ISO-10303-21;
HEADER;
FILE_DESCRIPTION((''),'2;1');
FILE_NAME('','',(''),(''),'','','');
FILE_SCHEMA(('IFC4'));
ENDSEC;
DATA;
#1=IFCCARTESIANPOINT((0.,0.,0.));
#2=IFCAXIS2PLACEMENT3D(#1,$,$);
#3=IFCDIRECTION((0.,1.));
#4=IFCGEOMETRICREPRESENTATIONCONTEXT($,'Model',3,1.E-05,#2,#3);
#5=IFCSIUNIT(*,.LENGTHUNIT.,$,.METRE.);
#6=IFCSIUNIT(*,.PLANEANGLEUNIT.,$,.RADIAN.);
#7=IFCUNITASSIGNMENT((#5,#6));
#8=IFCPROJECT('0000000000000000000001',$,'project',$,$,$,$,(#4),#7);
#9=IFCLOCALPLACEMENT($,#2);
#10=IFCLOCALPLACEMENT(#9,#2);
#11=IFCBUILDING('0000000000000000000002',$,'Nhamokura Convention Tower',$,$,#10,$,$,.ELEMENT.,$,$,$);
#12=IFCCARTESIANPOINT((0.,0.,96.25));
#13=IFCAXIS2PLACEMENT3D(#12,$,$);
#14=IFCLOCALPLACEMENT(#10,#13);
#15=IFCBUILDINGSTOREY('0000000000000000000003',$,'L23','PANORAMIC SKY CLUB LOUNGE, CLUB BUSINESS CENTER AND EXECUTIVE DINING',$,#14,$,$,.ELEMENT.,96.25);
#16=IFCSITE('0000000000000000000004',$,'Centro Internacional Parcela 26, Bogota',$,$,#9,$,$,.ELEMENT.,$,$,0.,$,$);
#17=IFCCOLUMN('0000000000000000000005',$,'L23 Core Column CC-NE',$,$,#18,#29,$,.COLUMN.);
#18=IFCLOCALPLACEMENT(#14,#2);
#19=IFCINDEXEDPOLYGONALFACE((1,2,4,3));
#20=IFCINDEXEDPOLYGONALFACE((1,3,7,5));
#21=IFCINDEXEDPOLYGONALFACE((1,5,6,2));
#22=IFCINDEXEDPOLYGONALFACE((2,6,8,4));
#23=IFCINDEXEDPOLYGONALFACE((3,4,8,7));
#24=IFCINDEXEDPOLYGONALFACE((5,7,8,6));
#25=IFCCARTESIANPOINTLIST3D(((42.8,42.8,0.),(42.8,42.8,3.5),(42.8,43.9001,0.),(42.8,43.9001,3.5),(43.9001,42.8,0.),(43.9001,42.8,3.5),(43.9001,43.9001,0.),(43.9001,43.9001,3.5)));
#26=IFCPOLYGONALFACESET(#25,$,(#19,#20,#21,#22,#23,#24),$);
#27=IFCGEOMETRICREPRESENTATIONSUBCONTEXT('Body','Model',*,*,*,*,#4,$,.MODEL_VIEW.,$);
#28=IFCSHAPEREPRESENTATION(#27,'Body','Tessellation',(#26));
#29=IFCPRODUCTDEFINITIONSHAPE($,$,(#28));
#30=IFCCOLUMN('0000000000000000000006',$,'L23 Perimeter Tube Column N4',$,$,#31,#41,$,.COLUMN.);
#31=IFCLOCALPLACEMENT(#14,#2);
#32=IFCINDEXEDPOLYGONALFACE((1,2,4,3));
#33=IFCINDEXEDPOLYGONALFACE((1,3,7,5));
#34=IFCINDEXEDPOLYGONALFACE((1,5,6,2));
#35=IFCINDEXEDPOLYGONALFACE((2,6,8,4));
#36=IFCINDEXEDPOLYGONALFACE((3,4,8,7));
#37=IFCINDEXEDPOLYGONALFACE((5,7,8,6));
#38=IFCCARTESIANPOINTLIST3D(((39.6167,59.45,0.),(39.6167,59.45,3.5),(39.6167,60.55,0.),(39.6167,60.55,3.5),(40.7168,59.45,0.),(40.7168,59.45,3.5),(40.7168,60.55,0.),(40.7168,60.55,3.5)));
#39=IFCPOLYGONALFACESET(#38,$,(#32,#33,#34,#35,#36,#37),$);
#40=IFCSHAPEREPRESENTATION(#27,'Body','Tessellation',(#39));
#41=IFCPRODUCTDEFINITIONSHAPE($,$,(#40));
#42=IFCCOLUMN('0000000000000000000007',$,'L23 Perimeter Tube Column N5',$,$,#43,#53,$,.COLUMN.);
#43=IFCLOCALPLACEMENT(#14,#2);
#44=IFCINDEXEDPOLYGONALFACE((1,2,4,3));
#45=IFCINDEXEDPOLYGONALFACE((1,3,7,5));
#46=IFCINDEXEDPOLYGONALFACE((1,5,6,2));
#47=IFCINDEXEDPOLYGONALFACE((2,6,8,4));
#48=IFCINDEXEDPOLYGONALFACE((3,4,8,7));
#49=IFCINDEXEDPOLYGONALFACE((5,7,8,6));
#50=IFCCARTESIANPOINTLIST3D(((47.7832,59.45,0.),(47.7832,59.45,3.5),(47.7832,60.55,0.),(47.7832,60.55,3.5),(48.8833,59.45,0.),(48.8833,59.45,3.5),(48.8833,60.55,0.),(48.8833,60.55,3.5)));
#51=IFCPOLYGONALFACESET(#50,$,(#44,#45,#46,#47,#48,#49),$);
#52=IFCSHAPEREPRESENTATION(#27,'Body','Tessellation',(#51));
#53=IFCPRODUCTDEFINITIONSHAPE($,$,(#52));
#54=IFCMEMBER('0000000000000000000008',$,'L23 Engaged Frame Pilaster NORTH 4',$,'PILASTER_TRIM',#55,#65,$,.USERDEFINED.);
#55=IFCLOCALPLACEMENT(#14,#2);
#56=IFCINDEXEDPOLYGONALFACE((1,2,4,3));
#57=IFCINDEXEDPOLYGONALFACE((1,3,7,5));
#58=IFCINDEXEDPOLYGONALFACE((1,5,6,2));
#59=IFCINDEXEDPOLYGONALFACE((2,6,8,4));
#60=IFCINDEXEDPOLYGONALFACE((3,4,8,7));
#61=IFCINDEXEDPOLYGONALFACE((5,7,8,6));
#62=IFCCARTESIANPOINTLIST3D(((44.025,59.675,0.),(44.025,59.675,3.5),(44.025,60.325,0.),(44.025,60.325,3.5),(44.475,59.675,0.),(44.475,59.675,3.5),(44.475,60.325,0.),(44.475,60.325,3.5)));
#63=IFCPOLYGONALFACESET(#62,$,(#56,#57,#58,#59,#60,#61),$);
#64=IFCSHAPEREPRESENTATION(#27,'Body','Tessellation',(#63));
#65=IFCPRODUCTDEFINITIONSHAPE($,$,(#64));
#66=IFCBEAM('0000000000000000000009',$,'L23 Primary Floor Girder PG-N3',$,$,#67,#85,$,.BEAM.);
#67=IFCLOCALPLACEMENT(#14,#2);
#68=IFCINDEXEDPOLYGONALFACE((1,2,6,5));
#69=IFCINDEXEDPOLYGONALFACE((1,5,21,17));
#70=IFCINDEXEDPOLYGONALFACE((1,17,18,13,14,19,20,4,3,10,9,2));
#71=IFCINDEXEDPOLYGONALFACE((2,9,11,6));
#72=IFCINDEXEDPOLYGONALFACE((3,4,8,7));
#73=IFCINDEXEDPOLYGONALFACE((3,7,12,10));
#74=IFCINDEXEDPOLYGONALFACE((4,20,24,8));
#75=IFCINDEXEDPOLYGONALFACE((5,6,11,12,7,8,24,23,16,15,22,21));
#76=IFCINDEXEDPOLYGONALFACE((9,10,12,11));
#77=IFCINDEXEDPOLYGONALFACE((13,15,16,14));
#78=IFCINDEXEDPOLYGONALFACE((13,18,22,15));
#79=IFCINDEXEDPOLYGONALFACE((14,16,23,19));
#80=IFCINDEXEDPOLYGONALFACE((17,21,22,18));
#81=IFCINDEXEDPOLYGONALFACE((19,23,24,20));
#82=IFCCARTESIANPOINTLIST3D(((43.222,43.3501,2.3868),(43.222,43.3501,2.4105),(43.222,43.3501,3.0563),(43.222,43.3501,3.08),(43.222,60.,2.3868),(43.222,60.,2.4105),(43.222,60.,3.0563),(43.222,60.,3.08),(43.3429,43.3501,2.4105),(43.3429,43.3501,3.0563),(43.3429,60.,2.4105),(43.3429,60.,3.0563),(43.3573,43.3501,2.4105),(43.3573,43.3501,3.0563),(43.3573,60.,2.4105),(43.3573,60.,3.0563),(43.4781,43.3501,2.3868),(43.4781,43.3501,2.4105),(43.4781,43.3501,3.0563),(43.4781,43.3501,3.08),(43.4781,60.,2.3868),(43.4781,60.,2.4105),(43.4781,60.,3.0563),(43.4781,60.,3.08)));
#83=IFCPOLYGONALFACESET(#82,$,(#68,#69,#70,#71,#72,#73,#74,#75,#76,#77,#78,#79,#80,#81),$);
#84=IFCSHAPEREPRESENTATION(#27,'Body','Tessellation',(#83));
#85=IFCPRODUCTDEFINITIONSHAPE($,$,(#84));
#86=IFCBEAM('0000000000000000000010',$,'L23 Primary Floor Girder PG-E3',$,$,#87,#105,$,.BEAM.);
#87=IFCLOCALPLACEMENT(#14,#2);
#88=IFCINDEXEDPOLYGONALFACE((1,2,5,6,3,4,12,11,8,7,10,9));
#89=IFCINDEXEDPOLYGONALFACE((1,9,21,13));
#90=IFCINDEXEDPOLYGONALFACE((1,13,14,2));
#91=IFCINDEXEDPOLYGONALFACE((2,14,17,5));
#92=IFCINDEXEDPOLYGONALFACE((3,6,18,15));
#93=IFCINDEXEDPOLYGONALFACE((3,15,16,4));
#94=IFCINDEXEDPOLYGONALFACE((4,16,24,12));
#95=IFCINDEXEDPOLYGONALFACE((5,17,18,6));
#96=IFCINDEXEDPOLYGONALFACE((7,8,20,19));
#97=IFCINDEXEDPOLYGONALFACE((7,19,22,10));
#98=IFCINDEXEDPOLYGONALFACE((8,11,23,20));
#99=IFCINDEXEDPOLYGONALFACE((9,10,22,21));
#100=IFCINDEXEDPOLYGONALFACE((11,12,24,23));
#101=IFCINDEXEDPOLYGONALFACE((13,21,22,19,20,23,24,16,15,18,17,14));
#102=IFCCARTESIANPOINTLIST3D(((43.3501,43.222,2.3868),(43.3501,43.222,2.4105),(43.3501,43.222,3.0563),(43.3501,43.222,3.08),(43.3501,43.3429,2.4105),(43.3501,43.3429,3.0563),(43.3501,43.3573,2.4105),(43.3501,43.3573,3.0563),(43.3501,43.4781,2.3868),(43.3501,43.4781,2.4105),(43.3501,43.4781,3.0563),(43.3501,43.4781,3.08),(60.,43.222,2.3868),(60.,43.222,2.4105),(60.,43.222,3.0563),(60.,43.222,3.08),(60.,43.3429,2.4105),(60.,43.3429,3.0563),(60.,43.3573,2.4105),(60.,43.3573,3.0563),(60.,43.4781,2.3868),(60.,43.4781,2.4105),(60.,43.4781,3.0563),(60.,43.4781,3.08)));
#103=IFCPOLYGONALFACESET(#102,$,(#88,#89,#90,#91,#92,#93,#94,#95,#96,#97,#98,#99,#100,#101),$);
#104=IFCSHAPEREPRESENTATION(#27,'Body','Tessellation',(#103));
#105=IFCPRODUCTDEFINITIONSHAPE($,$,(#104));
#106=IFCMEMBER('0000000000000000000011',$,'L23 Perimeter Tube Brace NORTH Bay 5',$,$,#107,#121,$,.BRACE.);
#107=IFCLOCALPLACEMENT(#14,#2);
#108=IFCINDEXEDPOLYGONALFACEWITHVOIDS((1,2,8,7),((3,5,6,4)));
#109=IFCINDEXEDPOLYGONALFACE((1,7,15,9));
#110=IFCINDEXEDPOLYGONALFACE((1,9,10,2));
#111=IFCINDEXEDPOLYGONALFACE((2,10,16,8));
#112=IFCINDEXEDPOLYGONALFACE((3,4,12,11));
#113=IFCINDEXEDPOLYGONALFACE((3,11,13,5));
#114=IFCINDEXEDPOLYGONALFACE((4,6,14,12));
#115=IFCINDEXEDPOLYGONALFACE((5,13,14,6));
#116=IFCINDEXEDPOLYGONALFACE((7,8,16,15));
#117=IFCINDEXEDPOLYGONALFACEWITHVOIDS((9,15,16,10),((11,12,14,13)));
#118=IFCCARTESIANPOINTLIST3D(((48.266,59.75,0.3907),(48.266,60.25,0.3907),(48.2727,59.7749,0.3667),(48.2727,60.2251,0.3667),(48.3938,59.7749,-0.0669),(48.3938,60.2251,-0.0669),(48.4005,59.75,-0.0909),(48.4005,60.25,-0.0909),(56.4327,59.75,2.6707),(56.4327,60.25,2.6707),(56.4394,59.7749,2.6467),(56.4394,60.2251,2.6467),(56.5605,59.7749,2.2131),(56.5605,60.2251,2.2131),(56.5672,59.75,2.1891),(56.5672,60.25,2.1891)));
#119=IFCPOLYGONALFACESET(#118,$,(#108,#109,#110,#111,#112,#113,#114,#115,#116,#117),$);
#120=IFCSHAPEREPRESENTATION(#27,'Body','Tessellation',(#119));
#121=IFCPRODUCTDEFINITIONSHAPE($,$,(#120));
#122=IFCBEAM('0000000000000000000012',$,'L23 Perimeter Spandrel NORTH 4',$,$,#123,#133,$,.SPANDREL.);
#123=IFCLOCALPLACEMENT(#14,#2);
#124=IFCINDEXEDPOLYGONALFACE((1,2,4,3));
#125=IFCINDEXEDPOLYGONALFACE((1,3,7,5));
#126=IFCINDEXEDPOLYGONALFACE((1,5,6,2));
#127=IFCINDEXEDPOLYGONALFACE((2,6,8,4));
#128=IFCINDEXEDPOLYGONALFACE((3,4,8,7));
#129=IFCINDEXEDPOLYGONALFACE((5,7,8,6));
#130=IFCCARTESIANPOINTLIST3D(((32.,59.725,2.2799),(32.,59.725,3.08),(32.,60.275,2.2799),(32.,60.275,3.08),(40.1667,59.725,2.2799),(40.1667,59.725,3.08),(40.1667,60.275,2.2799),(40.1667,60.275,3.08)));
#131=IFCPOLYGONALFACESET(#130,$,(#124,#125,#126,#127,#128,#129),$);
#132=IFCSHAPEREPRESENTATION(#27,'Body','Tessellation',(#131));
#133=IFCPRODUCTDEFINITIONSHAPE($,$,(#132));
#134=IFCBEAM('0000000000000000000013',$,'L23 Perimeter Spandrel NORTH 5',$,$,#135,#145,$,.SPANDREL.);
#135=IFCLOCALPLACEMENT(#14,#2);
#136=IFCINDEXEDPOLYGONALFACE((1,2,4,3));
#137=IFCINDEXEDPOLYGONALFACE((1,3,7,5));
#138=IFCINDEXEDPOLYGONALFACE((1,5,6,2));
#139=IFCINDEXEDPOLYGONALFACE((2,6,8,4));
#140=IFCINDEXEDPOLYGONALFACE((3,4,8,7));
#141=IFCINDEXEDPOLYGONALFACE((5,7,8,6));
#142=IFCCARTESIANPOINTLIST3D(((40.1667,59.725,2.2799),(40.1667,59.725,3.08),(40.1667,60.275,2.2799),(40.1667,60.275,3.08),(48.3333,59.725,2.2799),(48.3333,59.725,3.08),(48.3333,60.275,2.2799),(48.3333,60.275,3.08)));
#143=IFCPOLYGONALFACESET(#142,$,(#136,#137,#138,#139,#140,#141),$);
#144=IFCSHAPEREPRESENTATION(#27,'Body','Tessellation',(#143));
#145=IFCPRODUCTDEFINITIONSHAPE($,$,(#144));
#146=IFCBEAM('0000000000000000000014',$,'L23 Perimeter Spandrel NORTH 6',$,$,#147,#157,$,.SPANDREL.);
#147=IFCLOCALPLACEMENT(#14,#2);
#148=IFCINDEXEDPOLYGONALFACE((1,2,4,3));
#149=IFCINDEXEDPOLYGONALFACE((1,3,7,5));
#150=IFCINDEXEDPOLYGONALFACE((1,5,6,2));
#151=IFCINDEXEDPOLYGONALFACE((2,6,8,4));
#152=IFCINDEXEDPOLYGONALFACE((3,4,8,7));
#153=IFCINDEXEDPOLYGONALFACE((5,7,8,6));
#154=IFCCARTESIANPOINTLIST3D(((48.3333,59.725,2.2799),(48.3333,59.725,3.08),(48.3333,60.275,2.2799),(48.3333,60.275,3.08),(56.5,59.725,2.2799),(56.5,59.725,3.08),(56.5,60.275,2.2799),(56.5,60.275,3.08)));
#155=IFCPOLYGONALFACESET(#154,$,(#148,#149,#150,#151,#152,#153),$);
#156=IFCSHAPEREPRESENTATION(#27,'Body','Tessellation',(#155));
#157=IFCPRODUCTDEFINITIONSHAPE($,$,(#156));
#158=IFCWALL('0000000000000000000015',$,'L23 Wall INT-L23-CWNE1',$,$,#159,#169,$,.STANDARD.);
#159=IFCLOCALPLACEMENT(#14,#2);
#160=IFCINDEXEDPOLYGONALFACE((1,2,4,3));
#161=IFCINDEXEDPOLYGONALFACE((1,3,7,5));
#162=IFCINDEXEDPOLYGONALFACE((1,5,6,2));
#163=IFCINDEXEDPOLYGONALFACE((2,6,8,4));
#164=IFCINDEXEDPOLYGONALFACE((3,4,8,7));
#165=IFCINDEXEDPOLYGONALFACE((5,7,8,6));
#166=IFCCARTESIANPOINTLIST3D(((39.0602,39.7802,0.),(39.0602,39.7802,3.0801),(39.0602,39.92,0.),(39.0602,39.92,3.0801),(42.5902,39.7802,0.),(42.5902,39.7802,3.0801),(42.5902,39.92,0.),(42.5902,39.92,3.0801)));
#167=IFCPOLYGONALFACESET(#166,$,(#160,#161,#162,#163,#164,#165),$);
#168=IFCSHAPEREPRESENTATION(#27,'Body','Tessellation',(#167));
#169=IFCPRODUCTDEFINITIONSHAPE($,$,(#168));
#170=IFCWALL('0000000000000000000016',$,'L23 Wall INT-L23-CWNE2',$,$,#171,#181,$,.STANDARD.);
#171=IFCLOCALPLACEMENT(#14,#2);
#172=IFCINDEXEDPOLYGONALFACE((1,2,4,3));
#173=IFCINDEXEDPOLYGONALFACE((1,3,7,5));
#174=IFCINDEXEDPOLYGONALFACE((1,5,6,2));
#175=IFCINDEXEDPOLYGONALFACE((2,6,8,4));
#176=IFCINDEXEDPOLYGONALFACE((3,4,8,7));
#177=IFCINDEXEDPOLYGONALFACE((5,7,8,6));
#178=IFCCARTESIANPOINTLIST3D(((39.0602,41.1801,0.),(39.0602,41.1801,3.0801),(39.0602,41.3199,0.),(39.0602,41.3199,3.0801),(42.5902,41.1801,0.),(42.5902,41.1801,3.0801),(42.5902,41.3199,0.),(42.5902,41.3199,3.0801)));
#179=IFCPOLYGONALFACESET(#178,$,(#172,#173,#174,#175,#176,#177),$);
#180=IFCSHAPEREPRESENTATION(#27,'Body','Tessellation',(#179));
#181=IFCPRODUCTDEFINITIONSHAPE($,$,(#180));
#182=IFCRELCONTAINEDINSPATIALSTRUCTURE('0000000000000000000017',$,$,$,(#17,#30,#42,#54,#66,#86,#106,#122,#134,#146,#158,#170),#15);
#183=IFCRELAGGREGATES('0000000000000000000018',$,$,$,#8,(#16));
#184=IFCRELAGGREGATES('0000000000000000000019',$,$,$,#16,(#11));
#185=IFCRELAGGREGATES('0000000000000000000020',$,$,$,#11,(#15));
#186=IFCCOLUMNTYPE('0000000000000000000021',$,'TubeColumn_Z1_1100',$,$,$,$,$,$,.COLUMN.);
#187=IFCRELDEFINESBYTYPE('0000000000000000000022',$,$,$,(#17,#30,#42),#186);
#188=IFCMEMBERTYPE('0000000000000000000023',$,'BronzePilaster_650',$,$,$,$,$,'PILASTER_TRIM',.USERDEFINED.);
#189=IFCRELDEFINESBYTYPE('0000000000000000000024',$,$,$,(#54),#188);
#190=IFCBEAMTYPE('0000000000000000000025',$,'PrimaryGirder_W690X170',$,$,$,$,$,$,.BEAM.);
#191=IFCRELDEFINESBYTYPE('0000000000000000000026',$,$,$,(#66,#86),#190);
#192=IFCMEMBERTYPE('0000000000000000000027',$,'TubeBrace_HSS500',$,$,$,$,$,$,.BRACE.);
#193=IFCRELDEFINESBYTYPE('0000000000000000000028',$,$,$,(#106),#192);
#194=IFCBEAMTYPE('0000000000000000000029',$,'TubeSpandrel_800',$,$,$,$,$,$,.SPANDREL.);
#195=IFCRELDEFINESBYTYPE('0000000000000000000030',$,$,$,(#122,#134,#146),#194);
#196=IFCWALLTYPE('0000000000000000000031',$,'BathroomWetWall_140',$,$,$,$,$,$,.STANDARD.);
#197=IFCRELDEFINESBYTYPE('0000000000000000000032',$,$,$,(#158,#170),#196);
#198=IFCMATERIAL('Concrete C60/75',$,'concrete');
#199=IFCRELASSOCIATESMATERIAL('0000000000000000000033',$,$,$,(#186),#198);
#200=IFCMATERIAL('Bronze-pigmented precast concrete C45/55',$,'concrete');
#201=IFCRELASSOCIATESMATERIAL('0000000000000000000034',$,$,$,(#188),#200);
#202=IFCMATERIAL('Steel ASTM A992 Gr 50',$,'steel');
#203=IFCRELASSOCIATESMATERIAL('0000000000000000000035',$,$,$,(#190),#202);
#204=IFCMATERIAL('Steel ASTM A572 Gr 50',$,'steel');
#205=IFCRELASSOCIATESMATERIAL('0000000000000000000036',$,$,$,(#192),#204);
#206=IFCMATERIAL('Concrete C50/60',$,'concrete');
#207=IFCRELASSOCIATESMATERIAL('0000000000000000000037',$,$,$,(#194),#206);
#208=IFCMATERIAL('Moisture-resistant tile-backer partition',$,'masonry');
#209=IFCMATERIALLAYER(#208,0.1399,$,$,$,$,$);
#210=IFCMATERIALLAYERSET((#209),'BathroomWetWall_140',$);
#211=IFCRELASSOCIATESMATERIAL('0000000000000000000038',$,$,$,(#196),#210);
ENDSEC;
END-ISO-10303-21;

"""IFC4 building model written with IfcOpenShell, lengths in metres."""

from ifc_helpers import new_model, si_unit, direction, frame, frame_2d, origin, origin_2d, place, context, subcontext, project, spatial, rectangle, hollow_rectangle, i_section, extrude, material, layer, layer_set, material_profile, profile_set, type_object, element, save


model = new_model("IFC4")

# Units and contexts
model_context = context("Model", 3, precision=1e-05, world=origin(), true_north=direction((0.0, 1.0)))
body_context = subcontext(model_context, "Body", "Model", "MODEL_VIEW")
ifc_project = project(units=[si_unit("LENGTHUNIT", "METRE"), si_unit("PLANEANGLEUNIT", "RADIAN")], contexts=[model_context])

# Site, building, storey
site_placement = place(None, origin())
site = spatial("IfcSite", under=ifc_project, at=site_placement, Name="Centro Internacional Parcela 26, Bogota", CompositionType="ELEMENT", RefElevation=0.0)
building_placement = place(site_placement, origin())
building = spatial("IfcBuilding", under=site, at=building_placement, Name="Nhamokura Convention Tower", CompositionType="ELEMENT")
storey_placement = place(building_placement, frame((0.0, 0.0, 96.25)))
storey = spatial("IfcBuildingStorey", under=building, at=storey_placement, Name="L23", Description="PANORAMIC SKY CLUB LOUNGE, CLUB BUSINESS CENTER AND EXECUTIVE DINING", CompositionType="ELEMENT", Elevation=96.25)

# Columns
ifc_material_1 = material(Name="Concrete C60/75", Category="concrete")
ifc_material_profile_1 = material_profile(ifc_material_1, rectangle(XDim=1.1001, YDim=1.1001, at=origin_2d()))
ifc_profile_set_1 = profile_set([ifc_material_profile_1], Name="Concrete C60/75")
column_type = type_object("IfcColumnType", Name="TubeColumn_Z1_1100", PredefinedType="COLUMN", material=ifc_profile_set_1)
for number, where, z_axis, x_axis, name in (
    (1, (43.3501, 43.3501, 0.0), (0.0, 0.0, 1.0), (1.0, 0.0, 0.0), "L23 Core Column CC-NE"),
    (2, (40.1667, 60.0, 0.0), (0.0, 0.0, 1.0), (1.0, 0.0, 0.0), "L23 Perimeter Tube Column N4"),
    (3, (48.3333, 60.0, 0.0), (0.0, 0.0, 1.0), (1.0, 0.0, 0.0), "L23 Perimeter Tube Column N5"),
):
    element("IfcColumn", number, at=place(storey_placement, frame(where, z_axis=z_axis, x_axis=x_axis)), inside=storey, type_object=column_type, Name=name, PredefinedType="COLUMN", context=body_context, shape_type="SweptSolid", body=[
        extrude(rectangle(XDim=1.1001, YDim=1.1001, at=origin_2d()), origin(), (0.0, 0.0, 1.0), 3.5),
    ])

# Member
ifc_material_2 = material(Name="Bronze-pigmented precast concrete C45/55", Category="concrete")
ifc_material_profile_2 = material_profile(ifc_material_2, rectangle(XDim=0.45, YDim=0.6499, at=origin_2d()))
ifc_profile_set_2 = profile_set([ifc_material_profile_2], Name="Bronze-pigmented precast concrete C45/55")
member_type_1 = type_object("IfcMemberType", Name="BronzePilaster_650", ElementType="PILASTER_TRIM", PredefinedType="USERDEFINED", material=ifc_profile_set_2)
member_1_placement = place(storey_placement, frame((44.25, 60.0, 0.0), z_axis=(0.0, 0.0, 1.0), x_axis=(1.0, 0.0, 0.0)))
element("IfcMember", 4, at=member_1_placement, inside=storey, type_object=member_type_1, Name="L23 Engaged Frame Pilaster NORTH 4", ObjectType="PILASTER_TRIM", PredefinedType="USERDEFINED", context=body_context, shape_type="SweptSolid", body=[
    extrude(rectangle(XDim=0.45, YDim=0.6499, at=origin_2d()), origin(), (0.0, 0.0, 1.0), 3.5),
])

# Beams
ifc_material_3 = material(Name="Steel ASTM A992 Gr 50", Category="steel")
ifc_material_profile_3 = material_profile(ifc_material_3, i_section(OverallWidth=0.2561, OverallDepth=0.6931, WebThickness=0.0144, FlangeThickness=0.0237, at=origin_2d()))
ifc_profile_set_3 = profile_set([ifc_material_profile_3], Name="Steel ASTM A992 Gr 50")
beam_type_1 = type_object("IfcBeamType", Name="PrimaryGirder_W690X170", PredefinedType="BEAM", material=ifc_profile_set_3)
for number, where, z_axis, x_axis, name in (
    (5, (43.3501, 43.3501, 2.7334), (0.0, 1.0, 0.0), (-1.0, 0.0, 0.0), "L23 Primary Floor Girder PG-N3"),
    (6, (43.3501, 43.3501, 2.7334), (1.0, 0.0, 0.0), (0.0, 1.0, 0.0), "L23 Primary Floor Girder PG-E3"),
):
    element("IfcBeam", number, at=place(storey_placement, frame(where, z_axis=z_axis, x_axis=x_axis)), inside=storey, type_object=beam_type_1, Name=name, PredefinedType="BEAM", context=body_context, shape_type="SweptSolid", body=[
        extrude(i_section(OverallWidth=0.2561, OverallDepth=0.6931, WebThickness=0.0144, FlangeThickness=0.0237, at=origin_2d()), origin(), (0.0, 0.0, 1.0), 16.6499),
    ])

# Member
ifc_material_4 = material(Name="Steel ASTM A572 Gr 50", Category="steel")
ifc_material_profile_4 = material_profile(ifc_material_4, hollow_rectangle(XDim=0.5, YDim=0.5, WallThickness=0.0249, at=origin_2d()))
ifc_profile_set_4 = profile_set([ifc_material_profile_4], Name="Steel ASTM A572 Gr 50")
member_type_2 = type_object("IfcMemberType", Name="TubeBrace_HSS500", PredefinedType="BRACE", material=ifc_profile_set_4)
member_2_placement = place(storey_placement, frame((48.3333, 60.0, 0.1499), z_axis=(0.963168, 0.0, 0.268901), x_axis=(0.0, 1.0, 0.0)))
element("IfcMember", 7, at=member_2_placement, inside=storey, type_object=member_type_2, Name="L23 Perimeter Tube Brace NORTH Bay 5", PredefinedType="BRACE", context=body_context, shape_type="SweptSolid", body=[
    extrude(hollow_rectangle(XDim=0.5, YDim=0.5, WallThickness=0.0249, at=origin_2d()), origin(), (0.0, 0.0, 1.0), 8.479),
])

# Beams
ifc_material_5 = material(Name="Concrete C50/60", Category="concrete")
ifc_material_profile_5 = material_profile(ifc_material_5, rectangle(XDim=0.55, YDim=0.8, at=origin_2d()))
ifc_profile_set_5 = profile_set([ifc_material_profile_5], Name="Concrete C50/60")
beam_type_2 = type_object("IfcBeamType", Name="TubeSpandrel_800", PredefinedType="SPANDREL", material=ifc_profile_set_5)
beam_1_placement = place(storey_placement, frame((32.0, 60.0, 2.6799), z_axis=(1.0, 0.0, 0.0), x_axis=(0.0, 1.0, 0.0)))
element("IfcBeam", 8, at=beam_1_placement, inside=storey, type_object=beam_type_2, Name="L23 Perimeter Spandrel NORTH 4", PredefinedType="SPANDREL", context=body_context, shape_type="SweptSolid", body=[
    extrude(rectangle(XDim=0.55, YDim=0.8, at=origin_2d()), origin(), (0.0, 0.0, 1.0), 8.1667),
])
beam_2_placement = place(storey_placement, frame((40.1667, 60.0, 2.6799), z_axis=(1.0, 0.0, 0.0), x_axis=(0.0, 1.0, 0.0)))
element("IfcBeam", 9, at=beam_2_placement, inside=storey, type_object=beam_type_2, Name="L23 Perimeter Spandrel NORTH 5", PredefinedType="SPANDREL", context=body_context, shape_type="SweptSolid", body=[
    extrude(rectangle(XDim=0.55, YDim=0.8, at=origin_2d()), origin(), (0.0, 0.0, 1.0), 8.1665),
])
beam_3_placement = place(storey_placement, frame((48.3333, 60.0, 2.6799), z_axis=(1.0, 0.0, 0.0), x_axis=(0.0, 1.0, 0.0)))
element("IfcBeam", 10, at=beam_3_placement, inside=storey, type_object=beam_type_2, Name="L23 Perimeter Spandrel NORTH 6", PredefinedType="SPANDREL", context=body_context, shape_type="SweptSolid", body=[
    extrude(rectangle(XDim=0.55, YDim=0.8, at=origin_2d()), origin(), (0.0, 0.0, 1.0), 8.1667),
])

# Walls
ifc_material_6 = material(Name="Moisture-resistant tile-backer partition", Category="masonry")
ifc_layer_1 = layer(ifc_material_6, 0.1399)
ifc_layer_set_1 = layer_set([ifc_layer_1], Name="BathroomWetWall_140")
wall_type_1 = type_object("IfcWallType", Name="BathroomWetWall_140", PredefinedType="STANDARD", material=ifc_layer_set_1)
for number, where, z_axis, x_axis, name in (
    (11, (39.0601, 39.8501, 0.0), (0.0, 0.0, 1.0), (1.0, 0.0, 0.0), "L23 Wall INT-L23-CWNE1"),
    (12, (39.0601, 41.25, 0.0), (0.0, 0.0, 1.0), (1.0, 0.0, 0.0), "L23 Wall INT-L23-CWNE2"),
):
    element("IfcWall", number, at=place(storey_placement, frame(where, z_axis=z_axis, x_axis=x_axis)), inside=storey, type_object=wall_type_1, Name=name, PredefinedType="STANDARD", context=body_context, shape_type="SweptSolid", body=[
        extrude(rectangle(XDim=3.53, YDim=0.1399, at=frame_2d((1.7651, 0.0))), origin(), (0.0, 0.0, 1.0), 3.0801),
    ])

save(model, "model.ifc")
